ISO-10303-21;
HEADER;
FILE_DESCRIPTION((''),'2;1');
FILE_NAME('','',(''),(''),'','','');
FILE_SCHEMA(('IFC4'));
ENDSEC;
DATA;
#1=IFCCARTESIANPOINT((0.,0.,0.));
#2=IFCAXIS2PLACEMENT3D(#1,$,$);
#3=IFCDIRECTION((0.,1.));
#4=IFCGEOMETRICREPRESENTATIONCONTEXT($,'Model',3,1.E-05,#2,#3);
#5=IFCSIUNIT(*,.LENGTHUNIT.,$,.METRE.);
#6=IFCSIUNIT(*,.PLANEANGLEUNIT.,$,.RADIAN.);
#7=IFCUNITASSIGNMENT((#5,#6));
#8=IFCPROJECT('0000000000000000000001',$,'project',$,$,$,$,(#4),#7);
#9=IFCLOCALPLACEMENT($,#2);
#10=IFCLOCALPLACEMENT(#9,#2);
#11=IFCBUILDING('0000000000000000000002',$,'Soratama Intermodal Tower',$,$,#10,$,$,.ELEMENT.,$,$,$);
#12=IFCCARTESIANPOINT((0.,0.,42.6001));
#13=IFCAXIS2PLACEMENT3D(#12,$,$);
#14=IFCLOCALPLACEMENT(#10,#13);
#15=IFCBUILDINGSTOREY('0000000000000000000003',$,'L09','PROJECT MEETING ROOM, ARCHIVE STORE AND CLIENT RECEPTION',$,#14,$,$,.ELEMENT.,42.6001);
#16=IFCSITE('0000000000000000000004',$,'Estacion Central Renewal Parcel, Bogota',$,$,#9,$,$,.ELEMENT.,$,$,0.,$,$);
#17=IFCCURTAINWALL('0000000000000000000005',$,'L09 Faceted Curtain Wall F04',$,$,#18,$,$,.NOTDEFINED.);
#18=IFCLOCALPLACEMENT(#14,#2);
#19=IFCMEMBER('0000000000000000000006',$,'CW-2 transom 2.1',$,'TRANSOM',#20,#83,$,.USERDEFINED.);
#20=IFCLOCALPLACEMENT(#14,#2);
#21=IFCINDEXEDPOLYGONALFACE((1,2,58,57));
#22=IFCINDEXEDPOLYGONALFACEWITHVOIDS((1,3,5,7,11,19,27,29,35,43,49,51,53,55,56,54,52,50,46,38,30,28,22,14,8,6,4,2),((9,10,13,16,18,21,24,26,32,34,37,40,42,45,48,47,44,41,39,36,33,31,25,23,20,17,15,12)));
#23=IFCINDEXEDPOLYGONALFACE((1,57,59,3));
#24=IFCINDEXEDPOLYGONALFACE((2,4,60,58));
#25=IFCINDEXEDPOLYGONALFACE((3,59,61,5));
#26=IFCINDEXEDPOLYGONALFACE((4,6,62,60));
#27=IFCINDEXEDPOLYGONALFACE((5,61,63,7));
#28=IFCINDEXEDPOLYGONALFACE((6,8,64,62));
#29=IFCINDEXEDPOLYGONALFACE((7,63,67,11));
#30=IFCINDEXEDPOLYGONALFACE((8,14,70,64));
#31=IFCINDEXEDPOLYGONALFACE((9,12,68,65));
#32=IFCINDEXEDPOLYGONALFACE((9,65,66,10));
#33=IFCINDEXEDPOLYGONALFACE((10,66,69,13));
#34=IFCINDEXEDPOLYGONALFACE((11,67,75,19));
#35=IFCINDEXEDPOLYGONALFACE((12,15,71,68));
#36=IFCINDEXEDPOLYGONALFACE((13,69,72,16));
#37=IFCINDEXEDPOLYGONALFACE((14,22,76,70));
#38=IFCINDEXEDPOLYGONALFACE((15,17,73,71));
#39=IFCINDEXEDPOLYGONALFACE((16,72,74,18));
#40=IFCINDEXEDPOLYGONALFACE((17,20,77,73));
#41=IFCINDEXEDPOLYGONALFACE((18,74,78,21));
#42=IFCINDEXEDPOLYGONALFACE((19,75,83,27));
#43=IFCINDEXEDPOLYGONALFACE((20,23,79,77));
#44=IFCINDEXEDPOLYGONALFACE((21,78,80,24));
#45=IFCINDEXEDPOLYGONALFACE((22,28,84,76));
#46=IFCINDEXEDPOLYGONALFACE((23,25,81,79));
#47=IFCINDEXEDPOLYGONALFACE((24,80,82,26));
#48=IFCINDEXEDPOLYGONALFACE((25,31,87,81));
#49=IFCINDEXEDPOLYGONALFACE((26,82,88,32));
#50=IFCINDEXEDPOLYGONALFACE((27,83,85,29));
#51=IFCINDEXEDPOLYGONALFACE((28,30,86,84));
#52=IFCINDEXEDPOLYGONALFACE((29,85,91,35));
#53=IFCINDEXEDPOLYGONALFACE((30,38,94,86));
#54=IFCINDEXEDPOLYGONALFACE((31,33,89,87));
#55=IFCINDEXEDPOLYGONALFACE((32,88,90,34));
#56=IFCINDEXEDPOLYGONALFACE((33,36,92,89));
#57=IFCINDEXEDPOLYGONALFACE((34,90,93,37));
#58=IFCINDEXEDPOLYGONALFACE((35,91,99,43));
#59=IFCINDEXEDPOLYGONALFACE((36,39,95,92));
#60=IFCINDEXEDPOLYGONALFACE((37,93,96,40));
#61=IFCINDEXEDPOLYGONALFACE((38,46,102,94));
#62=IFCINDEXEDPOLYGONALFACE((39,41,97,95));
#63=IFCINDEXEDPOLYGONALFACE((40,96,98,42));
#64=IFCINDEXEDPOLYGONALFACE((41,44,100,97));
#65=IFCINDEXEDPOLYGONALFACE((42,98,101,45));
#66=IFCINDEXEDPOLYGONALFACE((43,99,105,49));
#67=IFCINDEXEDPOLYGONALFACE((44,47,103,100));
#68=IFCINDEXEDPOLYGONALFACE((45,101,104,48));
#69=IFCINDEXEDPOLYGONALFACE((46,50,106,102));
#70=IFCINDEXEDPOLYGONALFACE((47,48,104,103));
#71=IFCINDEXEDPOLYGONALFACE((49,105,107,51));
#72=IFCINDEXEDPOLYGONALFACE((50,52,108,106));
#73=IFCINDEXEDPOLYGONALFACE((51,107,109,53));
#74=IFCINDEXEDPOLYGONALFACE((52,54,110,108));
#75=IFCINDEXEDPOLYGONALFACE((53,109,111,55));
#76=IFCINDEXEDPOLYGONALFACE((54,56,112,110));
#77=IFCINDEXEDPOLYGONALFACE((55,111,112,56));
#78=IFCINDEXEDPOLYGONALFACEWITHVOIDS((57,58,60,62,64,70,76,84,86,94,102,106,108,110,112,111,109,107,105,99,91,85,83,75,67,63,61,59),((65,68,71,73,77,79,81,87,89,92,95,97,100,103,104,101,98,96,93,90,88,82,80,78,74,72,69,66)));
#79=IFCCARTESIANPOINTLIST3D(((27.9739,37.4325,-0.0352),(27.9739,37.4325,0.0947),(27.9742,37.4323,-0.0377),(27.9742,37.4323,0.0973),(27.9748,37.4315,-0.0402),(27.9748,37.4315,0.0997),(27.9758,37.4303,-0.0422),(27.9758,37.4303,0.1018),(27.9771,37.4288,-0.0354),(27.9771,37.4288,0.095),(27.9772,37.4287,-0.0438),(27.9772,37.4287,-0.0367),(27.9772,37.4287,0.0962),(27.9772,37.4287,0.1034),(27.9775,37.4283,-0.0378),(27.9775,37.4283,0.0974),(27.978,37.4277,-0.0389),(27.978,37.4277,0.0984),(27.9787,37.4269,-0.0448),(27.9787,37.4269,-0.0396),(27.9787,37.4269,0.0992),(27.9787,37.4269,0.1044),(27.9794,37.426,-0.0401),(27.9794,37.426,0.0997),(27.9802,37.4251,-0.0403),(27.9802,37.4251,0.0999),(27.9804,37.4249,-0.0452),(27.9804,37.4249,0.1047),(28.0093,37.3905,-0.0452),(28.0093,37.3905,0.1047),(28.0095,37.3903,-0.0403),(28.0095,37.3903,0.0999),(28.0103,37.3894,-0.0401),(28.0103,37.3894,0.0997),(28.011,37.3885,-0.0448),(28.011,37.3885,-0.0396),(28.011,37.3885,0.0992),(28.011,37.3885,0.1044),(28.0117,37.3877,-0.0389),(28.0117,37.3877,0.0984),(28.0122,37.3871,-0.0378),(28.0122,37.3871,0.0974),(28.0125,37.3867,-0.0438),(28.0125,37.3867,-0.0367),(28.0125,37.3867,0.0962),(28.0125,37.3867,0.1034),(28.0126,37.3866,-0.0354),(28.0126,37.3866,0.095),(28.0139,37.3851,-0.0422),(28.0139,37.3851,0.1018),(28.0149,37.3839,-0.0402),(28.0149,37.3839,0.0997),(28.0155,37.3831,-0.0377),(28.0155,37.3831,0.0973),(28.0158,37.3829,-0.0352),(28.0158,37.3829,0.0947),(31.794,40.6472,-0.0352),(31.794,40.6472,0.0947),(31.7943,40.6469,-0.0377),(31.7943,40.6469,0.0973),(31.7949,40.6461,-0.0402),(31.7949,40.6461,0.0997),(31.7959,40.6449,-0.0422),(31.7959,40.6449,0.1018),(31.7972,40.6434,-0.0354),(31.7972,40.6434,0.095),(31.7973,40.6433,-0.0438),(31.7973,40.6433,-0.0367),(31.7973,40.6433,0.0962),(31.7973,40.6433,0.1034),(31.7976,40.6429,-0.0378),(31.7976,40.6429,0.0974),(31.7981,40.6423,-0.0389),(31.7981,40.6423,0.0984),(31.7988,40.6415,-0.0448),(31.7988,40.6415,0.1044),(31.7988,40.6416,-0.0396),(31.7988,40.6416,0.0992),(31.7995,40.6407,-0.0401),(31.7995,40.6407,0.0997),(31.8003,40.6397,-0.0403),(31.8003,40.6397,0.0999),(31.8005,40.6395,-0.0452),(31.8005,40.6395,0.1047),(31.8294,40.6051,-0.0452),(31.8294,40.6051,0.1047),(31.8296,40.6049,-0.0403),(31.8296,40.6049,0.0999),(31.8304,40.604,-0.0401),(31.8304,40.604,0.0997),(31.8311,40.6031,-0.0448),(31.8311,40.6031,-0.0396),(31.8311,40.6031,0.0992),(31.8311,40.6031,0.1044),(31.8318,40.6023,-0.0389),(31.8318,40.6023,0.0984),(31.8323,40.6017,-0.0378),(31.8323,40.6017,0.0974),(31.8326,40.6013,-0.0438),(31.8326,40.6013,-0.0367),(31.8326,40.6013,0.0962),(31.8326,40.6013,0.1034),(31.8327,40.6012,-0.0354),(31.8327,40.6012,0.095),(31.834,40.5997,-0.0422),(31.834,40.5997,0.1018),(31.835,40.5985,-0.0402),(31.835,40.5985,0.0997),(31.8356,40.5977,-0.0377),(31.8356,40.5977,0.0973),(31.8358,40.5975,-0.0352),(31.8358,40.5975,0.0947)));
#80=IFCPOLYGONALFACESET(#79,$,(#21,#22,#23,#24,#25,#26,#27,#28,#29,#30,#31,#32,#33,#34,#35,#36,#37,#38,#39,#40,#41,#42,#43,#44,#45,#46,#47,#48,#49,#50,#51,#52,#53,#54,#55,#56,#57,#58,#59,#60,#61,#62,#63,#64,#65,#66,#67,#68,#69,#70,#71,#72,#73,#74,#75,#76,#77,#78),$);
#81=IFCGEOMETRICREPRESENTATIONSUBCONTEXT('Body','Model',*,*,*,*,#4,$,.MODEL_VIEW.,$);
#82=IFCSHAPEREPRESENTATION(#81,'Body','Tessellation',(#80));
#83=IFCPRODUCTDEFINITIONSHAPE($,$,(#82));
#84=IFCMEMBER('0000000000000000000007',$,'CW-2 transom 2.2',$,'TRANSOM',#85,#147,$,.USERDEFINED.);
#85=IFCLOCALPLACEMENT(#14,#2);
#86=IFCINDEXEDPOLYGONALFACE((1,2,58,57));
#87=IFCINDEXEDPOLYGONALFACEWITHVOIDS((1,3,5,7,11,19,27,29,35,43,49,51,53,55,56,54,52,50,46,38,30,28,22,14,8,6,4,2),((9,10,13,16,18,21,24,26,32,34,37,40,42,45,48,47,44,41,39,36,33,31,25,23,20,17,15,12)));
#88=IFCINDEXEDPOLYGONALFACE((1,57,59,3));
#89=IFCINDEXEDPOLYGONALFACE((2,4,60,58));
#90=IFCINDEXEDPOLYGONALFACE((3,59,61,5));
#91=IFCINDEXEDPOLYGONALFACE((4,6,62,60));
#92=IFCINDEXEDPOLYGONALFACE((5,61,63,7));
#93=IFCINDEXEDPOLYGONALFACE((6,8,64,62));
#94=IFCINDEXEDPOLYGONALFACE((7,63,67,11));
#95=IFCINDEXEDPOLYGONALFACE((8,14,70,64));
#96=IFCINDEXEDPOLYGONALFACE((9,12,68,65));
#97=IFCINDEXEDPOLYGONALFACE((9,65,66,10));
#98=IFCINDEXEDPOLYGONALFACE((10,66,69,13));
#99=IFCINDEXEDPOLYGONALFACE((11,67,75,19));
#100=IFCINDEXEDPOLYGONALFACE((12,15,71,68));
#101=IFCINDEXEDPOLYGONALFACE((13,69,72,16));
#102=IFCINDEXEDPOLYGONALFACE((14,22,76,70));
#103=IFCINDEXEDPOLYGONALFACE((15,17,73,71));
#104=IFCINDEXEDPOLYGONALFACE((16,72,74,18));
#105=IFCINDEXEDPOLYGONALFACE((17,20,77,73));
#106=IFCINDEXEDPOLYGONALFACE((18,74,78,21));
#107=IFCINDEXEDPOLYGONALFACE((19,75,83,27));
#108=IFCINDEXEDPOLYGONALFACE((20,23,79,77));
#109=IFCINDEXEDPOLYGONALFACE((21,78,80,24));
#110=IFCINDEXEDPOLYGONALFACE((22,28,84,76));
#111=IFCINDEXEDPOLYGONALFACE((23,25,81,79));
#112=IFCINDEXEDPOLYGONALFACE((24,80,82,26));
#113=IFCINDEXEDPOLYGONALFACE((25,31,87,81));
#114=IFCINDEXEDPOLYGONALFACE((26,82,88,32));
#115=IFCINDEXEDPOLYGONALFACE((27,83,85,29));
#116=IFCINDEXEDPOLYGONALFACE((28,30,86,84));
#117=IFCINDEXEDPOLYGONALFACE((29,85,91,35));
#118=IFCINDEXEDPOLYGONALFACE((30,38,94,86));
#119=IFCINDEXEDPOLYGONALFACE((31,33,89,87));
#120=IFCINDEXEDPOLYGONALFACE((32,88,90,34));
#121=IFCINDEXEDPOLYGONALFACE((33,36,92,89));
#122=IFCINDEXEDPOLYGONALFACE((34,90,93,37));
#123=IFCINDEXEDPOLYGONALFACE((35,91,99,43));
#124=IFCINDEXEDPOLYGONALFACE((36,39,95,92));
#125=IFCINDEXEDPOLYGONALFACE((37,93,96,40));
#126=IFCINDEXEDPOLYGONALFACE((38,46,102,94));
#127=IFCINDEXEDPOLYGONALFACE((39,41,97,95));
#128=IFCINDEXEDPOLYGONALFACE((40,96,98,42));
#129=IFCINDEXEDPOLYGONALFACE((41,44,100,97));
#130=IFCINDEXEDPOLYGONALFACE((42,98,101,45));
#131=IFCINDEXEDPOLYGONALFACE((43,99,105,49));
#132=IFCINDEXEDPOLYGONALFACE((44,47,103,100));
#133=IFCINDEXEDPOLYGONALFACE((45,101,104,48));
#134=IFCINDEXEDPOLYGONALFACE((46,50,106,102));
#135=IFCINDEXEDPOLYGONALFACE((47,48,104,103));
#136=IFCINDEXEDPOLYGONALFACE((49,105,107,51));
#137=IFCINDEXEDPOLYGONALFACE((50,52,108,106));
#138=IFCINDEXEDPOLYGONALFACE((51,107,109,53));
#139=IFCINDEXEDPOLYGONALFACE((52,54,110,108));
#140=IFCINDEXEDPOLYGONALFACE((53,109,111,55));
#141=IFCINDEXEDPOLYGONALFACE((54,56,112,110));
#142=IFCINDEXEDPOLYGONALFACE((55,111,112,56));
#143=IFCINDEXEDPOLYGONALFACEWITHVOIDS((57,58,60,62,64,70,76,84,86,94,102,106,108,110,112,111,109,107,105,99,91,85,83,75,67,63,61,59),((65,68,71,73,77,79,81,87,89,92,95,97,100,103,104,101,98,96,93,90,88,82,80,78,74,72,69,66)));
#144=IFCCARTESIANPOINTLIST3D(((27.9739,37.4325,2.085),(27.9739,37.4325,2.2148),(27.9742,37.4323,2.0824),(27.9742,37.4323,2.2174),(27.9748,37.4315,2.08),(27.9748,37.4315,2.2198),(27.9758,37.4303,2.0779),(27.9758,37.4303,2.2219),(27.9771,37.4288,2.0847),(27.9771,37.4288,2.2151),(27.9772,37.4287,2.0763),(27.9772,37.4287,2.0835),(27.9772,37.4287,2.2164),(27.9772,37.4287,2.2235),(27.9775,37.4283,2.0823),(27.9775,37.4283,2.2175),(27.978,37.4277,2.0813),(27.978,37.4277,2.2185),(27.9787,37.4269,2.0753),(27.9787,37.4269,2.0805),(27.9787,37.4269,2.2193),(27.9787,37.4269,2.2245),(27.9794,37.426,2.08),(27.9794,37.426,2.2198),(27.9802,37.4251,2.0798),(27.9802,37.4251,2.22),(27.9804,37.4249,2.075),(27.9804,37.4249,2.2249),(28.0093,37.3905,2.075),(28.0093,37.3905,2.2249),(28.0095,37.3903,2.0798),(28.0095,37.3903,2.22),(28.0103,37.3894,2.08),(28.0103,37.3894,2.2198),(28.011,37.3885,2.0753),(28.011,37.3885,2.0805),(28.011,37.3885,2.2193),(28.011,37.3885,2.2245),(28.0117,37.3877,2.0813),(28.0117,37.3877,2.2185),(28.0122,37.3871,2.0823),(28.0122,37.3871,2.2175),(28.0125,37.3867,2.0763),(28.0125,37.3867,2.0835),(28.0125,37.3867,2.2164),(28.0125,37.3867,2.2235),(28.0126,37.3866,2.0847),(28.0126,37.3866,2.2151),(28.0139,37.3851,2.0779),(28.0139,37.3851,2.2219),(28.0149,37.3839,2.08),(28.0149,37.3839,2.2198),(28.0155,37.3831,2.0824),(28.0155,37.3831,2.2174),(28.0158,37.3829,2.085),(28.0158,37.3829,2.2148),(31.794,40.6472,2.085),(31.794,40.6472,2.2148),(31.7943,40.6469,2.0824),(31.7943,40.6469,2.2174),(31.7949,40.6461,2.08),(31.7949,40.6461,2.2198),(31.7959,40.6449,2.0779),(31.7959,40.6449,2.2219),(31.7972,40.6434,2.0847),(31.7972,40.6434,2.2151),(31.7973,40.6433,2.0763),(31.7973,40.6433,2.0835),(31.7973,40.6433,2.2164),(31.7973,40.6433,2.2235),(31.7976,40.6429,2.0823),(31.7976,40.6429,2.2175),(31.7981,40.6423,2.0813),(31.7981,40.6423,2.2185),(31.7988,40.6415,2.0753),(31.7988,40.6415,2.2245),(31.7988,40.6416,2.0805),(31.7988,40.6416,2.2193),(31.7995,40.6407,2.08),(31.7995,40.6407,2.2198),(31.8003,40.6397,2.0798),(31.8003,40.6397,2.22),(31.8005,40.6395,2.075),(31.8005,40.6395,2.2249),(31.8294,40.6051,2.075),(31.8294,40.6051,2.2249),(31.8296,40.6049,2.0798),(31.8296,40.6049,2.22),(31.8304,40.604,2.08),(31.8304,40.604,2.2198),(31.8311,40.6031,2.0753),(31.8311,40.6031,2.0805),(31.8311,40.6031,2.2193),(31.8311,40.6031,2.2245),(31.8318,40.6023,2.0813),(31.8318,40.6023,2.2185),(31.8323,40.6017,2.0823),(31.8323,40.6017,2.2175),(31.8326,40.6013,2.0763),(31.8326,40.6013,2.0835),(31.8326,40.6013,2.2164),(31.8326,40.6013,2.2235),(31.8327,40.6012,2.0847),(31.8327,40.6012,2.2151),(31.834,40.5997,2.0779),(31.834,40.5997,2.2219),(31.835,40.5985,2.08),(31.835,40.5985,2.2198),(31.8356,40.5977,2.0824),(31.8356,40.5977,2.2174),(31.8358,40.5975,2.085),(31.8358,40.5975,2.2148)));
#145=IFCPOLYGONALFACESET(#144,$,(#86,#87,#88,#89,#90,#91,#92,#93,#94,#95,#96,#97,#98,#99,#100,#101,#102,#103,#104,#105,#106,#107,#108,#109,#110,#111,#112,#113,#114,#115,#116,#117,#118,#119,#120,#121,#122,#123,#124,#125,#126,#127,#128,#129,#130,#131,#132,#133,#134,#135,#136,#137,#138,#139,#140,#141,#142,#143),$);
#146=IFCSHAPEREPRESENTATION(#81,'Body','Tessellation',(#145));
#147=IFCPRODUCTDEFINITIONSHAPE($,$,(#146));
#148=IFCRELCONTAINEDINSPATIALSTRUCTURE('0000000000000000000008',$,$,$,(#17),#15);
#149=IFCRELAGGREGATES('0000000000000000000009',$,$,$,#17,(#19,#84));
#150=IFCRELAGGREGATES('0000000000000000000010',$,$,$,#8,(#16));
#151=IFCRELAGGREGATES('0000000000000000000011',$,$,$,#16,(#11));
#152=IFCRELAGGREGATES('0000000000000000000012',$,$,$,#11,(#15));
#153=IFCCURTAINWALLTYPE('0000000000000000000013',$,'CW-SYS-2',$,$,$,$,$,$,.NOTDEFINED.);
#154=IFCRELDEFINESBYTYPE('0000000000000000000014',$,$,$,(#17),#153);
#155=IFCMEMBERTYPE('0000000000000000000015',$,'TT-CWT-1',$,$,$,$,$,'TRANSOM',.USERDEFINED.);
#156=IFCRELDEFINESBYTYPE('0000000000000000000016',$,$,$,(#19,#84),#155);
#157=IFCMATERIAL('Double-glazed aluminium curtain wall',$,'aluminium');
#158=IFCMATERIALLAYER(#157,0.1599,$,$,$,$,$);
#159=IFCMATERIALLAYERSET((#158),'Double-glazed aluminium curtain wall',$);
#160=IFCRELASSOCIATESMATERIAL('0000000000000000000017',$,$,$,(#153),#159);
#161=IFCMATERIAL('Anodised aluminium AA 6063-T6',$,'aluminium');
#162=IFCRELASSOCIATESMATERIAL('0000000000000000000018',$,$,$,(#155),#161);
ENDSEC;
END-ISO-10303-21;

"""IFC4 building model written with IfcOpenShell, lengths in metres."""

from ifc_helpers import new_model, si_unit, direction, frame, origin, origin_2d, place, context, subcontext, project, spatial, hollow_rectangle, extrude, material, layer, layer_set, material_profile, profile_set, type_object, element, aggregate, save


model = new_model("IFC4")

# Units and contexts
model_context = context("Model", 3, precision=1e-05, world=origin(), true_north=direction((0.0, 1.0)))
body_context = subcontext(model_context, "Body", "Model", "MODEL_VIEW")
ifc_project = project(units=[si_unit("LENGTHUNIT", "METRE"), si_unit("PLANEANGLEUNIT", "RADIAN")], contexts=[model_context])

# Site, building, storey
site_placement = place(None, origin())
site = spatial("IfcSite", under=ifc_project, at=site_placement, Name="Estacion Central Renewal Parcel, Bogota", CompositionType="ELEMENT", RefElevation=0.0)
building_placement = place(site_placement, origin())
building = spatial("IfcBuilding", under=site, at=building_placement, Name="Soratama Intermodal Tower", CompositionType="ELEMENT")
storey_placement = place(building_placement, frame((0.0, 0.0, 42.6001)))
storey = spatial("IfcBuildingStorey", under=building, at=storey_placement, Name="L09", Description="PROJECT MEETING ROOM, ARCHIVE STORE AND CLIENT RECEPTION", CompositionType="ELEMENT", Elevation=42.6001)

# Curtain wall, members
ifc_material_1 = material(Name="Double-glazed aluminium curtain wall", Category="aluminium")
ifc_layer_1 = layer(ifc_material_1, 0.1599)
ifc_layer_set_1 = layer_set([ifc_layer_1], Name="Double-glazed aluminium curtain wall")
curtain_wall_type = type_object("IfcCurtainWallType", Name="CW-SYS-2", PredefinedType="NOTDEFINED", material=ifc_layer_set_1)
curtain_wall_placement = place(storey_placement, origin())
curtain_wall = element("IfcCurtainWall", 1, at=curtain_wall_placement, inside=storey, type_object=curtain_wall_type, Name="L09 Faceted Curtain Wall F04", PredefinedType="NOTDEFINED")
ifc_material_2 = material(Name="Anodised aluminium AA 6063-T6", Category="aluminium")
ifc_material_profile_1 = material_profile(ifc_material_2, hollow_rectangle(XDim=0.0649, YDim=0.1499, WallThickness=0.0049, InnerFilletRadius=0.0049, OuterFilletRadius=0.01, at=origin_2d()), Name="CWT150X65X5")
ifc_profile_set_1 = profile_set([ifc_material_profile_1], Name="Anodised aluminium AA 6063-T6")
member_type_1 = type_object("IfcMemberType", Name="TT-CWT-1", ElementType="TRANSOM", PredefinedType="USERDEFINED", material=ifc_profile_set_1)
member_1_placement = place(storey_placement, frame((31.8149, 40.6223, 0.0298), z_axis=(-0.765138, -0.643866, 0.0), x_axis=(0.643866, -0.765138, 0.0)))
member_1 = element("IfcMember", 2, at=member_1_placement, type_object=member_type_1, Name="CW-2 transom 2.1", ObjectType="TRANSOM", PredefinedType="USERDEFINED", context=body_context, shape_type="SweptSolid", body=[
    extrude(hollow_rectangle(XDim=0.0649, YDim=0.1499, WallThickness=0.0049, InnerFilletRadius=0.0049, OuterFilletRadius=0.01, at=origin_2d()), origin(), (0.0, 0.0, 1.0), 4.9927),
])
member_2_placement = place(storey_placement, frame((31.8149, 40.6223, 2.1499), z_axis=(-0.765138, -0.643866, 0.0), x_axis=(0.643866, -0.765138, 0.0)))
member_2 = element("IfcMember", 3, at=member_2_placement, type_object=member_type_1, Name="CW-2 transom 2.2", ObjectType="TRANSOM", PredefinedType="USERDEFINED", context=body_context, shape_type="SweptSolid", body=[
    extrude(hollow_rectangle(XDim=0.0649, YDim=0.1499, WallThickness=0.0049, InnerFilletRadius=0.0049, OuterFilletRadius=0.01, at=origin_2d()), origin(), (0.0, 0.0, 1.0), 4.9927),
])
aggregate(curtain_wall, [member_1, member_2])

save(model, "model.ifc")
